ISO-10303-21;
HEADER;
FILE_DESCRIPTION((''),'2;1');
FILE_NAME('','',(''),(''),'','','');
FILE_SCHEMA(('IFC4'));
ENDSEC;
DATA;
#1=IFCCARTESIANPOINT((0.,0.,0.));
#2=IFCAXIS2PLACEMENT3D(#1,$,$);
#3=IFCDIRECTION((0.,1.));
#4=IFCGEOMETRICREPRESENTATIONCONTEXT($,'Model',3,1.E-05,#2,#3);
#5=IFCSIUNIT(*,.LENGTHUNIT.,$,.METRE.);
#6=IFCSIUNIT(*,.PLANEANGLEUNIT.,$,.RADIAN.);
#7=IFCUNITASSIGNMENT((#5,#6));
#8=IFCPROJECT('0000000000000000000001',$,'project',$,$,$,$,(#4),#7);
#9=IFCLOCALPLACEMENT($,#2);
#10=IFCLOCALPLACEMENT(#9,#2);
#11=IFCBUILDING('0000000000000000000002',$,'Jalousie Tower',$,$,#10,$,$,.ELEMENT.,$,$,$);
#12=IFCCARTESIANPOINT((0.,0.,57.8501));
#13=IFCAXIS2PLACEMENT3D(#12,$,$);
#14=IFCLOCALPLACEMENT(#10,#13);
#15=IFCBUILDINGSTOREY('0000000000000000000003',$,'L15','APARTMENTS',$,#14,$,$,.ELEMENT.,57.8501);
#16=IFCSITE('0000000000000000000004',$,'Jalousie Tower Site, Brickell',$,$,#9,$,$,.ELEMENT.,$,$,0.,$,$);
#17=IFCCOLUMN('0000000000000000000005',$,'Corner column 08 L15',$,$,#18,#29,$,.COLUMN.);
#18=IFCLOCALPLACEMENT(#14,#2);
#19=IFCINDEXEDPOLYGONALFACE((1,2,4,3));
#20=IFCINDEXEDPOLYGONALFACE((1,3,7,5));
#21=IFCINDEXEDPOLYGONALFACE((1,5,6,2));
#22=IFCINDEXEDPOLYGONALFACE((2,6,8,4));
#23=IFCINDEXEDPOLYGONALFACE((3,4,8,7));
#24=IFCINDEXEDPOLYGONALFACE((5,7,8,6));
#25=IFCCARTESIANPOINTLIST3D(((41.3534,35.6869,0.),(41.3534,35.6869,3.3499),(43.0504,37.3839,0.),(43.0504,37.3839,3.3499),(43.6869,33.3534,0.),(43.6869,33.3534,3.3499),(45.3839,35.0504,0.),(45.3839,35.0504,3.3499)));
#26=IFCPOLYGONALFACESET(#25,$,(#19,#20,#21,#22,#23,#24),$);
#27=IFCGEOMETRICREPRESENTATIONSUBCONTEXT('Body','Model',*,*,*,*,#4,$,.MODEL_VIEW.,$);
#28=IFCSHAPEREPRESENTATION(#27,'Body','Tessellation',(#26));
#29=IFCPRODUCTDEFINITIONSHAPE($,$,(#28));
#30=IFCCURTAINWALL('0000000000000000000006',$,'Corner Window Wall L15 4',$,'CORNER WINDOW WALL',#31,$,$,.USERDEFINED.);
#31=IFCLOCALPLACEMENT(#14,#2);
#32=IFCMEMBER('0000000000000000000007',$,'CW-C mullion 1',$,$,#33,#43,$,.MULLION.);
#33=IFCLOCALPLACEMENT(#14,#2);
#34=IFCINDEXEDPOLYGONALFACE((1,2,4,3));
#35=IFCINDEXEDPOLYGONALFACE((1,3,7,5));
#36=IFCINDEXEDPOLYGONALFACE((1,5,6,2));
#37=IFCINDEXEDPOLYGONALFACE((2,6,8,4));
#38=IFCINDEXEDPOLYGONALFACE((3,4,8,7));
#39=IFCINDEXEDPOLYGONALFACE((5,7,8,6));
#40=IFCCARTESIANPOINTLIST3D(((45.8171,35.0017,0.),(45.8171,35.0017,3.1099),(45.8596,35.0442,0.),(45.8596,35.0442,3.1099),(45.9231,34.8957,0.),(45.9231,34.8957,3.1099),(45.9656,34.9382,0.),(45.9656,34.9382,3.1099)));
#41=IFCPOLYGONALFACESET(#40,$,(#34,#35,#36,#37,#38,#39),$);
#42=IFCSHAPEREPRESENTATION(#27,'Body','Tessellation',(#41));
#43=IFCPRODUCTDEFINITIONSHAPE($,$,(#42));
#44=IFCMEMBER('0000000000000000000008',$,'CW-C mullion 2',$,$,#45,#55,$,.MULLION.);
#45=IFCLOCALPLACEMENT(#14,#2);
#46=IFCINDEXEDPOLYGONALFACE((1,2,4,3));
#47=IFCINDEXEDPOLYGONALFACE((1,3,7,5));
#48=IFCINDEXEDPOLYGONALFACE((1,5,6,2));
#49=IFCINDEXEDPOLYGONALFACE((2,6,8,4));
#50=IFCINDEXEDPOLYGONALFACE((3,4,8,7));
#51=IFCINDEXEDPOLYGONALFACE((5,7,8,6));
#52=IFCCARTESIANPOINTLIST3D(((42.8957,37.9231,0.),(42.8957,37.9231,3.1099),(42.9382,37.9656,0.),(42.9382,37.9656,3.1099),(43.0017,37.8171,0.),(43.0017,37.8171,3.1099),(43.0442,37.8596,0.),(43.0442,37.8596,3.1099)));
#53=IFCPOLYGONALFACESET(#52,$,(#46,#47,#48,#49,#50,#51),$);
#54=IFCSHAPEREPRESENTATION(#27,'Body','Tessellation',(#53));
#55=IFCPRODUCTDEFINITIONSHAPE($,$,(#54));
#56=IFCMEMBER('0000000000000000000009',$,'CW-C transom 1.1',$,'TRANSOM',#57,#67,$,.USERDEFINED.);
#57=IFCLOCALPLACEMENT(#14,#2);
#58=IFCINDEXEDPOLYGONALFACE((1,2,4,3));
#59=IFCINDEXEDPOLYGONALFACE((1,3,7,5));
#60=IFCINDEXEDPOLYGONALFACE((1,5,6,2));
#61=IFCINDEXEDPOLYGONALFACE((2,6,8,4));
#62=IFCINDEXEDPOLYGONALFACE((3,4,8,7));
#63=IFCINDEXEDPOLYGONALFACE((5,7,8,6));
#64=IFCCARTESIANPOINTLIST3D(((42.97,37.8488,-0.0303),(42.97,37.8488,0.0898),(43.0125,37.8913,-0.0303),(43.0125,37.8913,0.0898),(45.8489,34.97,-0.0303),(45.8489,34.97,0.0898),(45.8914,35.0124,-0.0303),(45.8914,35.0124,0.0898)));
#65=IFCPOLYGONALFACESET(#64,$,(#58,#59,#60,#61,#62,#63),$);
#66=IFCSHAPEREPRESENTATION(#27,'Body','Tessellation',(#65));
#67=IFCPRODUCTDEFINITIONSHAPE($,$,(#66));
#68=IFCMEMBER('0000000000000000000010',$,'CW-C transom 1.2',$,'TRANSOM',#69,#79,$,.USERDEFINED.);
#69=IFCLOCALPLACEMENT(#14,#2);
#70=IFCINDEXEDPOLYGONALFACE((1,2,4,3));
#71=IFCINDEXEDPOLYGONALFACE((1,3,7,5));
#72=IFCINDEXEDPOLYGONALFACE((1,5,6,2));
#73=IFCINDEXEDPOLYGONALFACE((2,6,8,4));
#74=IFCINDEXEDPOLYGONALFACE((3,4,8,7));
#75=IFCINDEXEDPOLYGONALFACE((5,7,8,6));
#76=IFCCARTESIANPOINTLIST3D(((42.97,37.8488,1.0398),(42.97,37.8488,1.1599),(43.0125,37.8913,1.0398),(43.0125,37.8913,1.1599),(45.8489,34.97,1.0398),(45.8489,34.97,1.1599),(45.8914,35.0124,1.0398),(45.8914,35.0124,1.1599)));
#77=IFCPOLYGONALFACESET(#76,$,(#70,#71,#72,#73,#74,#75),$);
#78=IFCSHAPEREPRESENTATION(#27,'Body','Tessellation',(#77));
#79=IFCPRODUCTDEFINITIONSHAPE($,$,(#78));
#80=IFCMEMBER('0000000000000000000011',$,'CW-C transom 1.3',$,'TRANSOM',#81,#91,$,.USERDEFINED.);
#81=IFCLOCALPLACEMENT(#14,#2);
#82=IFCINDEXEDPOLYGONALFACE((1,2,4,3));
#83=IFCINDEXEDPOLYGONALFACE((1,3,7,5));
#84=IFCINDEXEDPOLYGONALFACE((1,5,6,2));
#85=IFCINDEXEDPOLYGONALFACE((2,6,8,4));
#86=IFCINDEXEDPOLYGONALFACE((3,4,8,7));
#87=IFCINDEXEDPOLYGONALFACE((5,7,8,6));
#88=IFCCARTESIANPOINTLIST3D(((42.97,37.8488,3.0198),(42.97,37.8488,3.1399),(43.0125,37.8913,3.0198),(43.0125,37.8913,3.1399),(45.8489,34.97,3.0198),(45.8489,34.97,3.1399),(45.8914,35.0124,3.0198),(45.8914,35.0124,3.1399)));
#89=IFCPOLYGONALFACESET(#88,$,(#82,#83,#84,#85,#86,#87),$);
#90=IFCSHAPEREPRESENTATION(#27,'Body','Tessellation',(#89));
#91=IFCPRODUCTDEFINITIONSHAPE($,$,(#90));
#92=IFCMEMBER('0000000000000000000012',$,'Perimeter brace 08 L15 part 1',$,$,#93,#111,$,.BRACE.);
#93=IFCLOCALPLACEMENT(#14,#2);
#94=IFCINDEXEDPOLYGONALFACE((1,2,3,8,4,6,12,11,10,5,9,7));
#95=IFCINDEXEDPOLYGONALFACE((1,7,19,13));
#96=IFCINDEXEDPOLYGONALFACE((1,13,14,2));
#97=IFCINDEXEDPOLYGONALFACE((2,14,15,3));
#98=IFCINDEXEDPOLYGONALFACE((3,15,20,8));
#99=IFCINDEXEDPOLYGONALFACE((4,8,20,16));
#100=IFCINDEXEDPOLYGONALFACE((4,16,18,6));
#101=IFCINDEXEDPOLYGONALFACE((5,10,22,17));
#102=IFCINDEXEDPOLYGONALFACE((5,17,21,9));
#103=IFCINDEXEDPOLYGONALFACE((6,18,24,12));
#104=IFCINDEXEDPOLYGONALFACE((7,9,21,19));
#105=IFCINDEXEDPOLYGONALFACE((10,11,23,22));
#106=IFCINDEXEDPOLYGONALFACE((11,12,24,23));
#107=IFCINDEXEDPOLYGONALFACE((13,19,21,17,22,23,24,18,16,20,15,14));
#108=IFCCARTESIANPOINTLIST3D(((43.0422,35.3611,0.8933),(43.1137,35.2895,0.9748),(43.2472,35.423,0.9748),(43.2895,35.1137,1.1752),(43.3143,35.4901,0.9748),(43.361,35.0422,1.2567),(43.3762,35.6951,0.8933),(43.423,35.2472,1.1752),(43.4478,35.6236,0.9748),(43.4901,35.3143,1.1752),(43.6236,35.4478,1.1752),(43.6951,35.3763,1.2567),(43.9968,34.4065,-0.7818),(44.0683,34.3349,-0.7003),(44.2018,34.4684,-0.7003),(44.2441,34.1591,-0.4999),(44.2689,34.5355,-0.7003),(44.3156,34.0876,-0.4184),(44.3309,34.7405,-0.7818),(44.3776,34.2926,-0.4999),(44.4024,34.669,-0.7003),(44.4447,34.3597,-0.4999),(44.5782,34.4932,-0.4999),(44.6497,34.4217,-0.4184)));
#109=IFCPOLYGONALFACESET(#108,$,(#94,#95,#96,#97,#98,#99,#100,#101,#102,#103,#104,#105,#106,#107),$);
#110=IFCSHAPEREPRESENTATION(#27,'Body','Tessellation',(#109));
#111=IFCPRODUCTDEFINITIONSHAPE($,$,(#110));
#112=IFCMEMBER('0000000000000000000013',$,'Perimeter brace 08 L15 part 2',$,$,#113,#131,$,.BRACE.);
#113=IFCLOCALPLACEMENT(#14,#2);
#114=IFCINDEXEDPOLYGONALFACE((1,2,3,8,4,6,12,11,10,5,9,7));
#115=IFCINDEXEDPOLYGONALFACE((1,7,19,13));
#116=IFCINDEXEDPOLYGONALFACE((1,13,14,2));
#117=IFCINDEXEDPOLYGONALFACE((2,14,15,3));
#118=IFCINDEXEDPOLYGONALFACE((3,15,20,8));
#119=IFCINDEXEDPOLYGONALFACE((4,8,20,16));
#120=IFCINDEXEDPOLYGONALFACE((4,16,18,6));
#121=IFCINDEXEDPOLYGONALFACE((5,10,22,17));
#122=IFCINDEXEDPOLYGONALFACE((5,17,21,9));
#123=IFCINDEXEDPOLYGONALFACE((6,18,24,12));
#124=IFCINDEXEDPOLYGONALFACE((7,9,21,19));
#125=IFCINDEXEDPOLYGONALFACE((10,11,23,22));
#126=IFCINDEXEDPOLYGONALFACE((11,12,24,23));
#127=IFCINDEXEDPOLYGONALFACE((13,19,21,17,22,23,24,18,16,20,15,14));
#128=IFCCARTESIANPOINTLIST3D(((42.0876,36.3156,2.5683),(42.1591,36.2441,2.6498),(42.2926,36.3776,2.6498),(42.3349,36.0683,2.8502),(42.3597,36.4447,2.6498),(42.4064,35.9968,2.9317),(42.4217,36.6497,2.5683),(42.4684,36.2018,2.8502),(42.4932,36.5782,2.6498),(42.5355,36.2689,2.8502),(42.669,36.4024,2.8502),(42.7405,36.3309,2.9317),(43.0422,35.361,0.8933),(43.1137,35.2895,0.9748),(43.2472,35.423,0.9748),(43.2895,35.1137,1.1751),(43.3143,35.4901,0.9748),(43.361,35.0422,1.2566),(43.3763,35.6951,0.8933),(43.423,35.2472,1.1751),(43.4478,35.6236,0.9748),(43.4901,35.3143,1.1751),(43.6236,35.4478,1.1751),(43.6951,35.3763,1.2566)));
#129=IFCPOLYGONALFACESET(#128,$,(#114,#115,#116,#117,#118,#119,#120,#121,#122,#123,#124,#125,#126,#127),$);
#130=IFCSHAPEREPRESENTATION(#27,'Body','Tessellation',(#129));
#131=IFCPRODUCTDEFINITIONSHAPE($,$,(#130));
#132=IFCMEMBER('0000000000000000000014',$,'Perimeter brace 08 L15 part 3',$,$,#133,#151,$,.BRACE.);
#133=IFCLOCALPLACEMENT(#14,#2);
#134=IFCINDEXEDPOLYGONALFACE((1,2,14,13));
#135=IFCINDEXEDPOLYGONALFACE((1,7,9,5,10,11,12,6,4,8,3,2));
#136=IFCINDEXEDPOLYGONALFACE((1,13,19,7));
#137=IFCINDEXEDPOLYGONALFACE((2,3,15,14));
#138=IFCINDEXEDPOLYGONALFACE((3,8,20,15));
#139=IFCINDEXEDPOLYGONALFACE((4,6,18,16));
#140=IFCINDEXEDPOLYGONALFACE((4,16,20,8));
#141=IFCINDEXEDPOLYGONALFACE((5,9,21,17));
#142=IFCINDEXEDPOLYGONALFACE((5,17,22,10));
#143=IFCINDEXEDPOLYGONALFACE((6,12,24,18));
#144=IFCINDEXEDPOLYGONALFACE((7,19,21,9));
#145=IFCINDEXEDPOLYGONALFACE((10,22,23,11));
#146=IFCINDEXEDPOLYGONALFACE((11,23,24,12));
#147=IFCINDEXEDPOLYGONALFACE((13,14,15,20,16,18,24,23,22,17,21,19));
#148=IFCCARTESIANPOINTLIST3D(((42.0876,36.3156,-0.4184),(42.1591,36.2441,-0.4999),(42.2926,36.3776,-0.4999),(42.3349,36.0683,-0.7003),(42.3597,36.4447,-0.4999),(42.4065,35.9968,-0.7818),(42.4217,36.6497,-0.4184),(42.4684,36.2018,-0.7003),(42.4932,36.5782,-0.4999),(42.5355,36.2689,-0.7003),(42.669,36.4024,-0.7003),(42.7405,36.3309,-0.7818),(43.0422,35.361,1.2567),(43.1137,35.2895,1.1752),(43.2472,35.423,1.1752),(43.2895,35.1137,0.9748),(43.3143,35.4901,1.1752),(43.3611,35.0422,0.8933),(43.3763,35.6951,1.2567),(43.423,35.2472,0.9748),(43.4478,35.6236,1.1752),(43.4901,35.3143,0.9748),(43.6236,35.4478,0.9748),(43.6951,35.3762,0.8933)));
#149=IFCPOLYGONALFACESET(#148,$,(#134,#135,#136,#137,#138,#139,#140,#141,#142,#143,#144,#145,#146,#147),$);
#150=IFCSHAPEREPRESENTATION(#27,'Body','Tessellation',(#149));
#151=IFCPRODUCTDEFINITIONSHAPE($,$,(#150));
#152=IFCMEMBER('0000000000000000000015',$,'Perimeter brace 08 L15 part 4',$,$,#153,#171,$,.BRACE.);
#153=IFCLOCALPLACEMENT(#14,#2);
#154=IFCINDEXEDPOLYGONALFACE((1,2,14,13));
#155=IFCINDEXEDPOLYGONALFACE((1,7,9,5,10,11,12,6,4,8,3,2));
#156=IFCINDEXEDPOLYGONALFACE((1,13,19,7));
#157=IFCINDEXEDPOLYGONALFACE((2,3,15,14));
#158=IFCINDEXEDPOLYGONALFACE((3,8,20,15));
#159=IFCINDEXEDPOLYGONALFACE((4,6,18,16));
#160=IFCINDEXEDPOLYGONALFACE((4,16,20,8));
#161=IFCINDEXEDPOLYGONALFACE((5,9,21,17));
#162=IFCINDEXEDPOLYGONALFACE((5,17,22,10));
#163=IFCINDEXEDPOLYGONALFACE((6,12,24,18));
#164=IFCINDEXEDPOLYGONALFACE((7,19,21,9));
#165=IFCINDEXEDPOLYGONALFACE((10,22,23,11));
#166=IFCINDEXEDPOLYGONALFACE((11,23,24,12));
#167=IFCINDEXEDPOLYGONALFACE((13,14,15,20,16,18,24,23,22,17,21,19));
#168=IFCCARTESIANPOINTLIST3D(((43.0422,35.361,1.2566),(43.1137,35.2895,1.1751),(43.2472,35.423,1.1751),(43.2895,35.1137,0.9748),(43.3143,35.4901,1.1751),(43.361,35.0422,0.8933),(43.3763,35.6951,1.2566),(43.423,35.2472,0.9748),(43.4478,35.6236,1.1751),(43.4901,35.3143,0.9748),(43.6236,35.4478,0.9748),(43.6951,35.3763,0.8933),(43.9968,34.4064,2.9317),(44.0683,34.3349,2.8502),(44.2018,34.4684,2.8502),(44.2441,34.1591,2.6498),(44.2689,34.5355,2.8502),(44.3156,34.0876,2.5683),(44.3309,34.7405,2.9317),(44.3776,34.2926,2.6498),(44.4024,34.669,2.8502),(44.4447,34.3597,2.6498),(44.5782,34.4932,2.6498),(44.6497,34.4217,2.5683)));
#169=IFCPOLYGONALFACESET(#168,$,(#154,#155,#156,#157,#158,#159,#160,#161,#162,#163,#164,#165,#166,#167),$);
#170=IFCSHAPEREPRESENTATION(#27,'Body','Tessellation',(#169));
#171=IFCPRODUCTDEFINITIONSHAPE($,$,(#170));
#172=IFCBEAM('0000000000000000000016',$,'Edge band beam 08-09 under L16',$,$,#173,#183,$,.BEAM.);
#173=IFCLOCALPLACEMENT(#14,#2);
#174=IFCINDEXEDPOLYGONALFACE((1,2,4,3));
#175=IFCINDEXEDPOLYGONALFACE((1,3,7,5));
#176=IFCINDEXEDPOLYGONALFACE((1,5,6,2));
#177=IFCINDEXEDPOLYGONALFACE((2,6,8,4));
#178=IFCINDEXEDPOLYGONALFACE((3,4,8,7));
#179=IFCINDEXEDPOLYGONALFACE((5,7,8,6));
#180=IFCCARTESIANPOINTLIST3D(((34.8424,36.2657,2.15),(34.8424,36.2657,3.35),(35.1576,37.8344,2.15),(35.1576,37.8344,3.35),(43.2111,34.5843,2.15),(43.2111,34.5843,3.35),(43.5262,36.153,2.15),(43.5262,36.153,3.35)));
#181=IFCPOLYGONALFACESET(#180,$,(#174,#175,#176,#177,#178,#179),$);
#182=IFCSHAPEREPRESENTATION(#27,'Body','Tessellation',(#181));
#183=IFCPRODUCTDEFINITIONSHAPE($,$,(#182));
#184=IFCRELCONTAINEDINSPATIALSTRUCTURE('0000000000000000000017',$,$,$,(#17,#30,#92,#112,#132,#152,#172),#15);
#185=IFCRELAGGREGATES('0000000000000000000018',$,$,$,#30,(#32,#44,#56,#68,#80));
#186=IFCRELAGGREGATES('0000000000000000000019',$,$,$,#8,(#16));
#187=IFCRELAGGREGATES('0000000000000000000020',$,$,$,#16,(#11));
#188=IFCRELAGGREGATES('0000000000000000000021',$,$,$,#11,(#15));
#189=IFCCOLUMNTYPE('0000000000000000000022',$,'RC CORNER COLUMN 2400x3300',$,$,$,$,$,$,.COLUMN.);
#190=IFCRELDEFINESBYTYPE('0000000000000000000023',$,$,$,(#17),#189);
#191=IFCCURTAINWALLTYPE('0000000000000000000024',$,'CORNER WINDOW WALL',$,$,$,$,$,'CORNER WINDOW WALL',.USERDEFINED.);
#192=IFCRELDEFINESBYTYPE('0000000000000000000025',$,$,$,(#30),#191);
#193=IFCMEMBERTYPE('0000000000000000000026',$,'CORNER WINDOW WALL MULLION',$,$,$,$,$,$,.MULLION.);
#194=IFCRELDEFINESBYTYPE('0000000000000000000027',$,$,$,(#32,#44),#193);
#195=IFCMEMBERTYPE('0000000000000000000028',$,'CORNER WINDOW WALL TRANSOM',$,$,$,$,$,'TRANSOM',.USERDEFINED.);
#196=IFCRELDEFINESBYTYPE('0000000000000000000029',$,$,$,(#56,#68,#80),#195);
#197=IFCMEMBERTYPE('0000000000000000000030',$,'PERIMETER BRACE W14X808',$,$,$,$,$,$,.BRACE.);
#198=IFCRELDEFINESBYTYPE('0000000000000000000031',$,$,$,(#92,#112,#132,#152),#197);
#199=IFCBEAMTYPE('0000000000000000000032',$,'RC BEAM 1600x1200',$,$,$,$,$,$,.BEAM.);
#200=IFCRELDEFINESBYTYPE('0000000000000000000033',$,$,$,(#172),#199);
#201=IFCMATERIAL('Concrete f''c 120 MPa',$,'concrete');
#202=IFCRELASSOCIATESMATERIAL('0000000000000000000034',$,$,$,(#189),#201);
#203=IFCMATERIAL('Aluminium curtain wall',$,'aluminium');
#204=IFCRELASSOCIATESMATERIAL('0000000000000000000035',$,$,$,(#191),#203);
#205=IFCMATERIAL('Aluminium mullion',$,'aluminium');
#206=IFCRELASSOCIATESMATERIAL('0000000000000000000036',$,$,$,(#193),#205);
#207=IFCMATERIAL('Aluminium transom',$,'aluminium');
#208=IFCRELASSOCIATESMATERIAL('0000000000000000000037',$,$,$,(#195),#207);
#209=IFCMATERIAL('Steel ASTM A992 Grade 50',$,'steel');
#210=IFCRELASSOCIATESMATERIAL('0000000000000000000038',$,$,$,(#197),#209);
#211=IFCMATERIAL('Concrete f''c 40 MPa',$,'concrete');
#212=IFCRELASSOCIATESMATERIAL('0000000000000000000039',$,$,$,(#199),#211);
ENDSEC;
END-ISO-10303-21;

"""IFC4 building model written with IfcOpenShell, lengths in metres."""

from ifc_helpers import new_model, si_unit, direction, frame, origin, origin_2d, place, context, subcontext, project, spatial, rectangle, i_section, extrude, material, material_profile, profile_set, type_object, element, aggregate, save


model = new_model("IFC4")

# Units and contexts
model_context = context("Model", 3, precision=1e-05, world=origin(), true_north=direction((0.0, 1.0)))
body_context = subcontext(model_context, "Body", "Model", "MODEL_VIEW")
ifc_project = project(units=[si_unit("LENGTHUNIT", "METRE"), si_unit("PLANEANGLEUNIT", "RADIAN")], contexts=[model_context])

# Site, building, storey
site_placement = place(None, origin())
site = spatial("IfcSite", under=ifc_project, at=site_placement, Name="Jalousie Tower Site, Brickell", CompositionType="ELEMENT", RefElevation=0.0)
building_placement = place(site_placement, origin())
building = spatial("IfcBuilding", under=site, at=building_placement, Name="Jalousie Tower", CompositionType="ELEMENT")
storey_placement = place(building_placement, frame((0.0, 0.0, 57.8501)))
storey = spatial("IfcBuildingStorey", under=building, at=storey_placement, Name="L15", Description="APARTMENTS", CompositionType="ELEMENT", Elevation=57.8501)

# Column
ifc_material_1 = material(Name="Concrete f'c 120 MPa", Category="concrete")
ifc_material_profile_1 = material_profile(ifc_material_1, rectangle(XDim=2.3999, YDim=3.3, at=origin_2d()), Name="RC 2400x3300")
ifc_profile_set_1 = profile_set([ifc_material_profile_1], Name="Concrete f'c 120 MPa")
column_type = type_object("IfcColumnType", Name="RC CORNER COLUMN 2400x3300", PredefinedType="COLUMN", material=ifc_profile_set_1)
column_placement = place(storey_placement, frame((43.3687, 35.3687, 0.0), z_axis=(0.0, 0.0, 1.0), x_axis=(-0.707107, -0.707107, 0.0)))
element("IfcColumn", 1, at=column_placement, inside=storey, type_object=column_type, Name="Corner column 08 L15", PredefinedType="COLUMN", context=body_context, shape_type="SweptSolid", body=[
    extrude(rectangle(XDim=2.3999, YDim=3.3, at=origin_2d()), origin(), (0.0, 0.0, 1.0), 3.3499),
])

# Curtain wall, members
ifc_material_2 = material(Name="Aluminium curtain wall", Category="aluminium")
curtain_wall_type_1 = type_object("IfcCurtainWallType", Name="CORNER WINDOW WALL", ElementType="CORNER WINDOW WALL", PredefinedType="USERDEFINED", material=ifc_material_2)
curtain_wall_1_placement = place(storey_placement, origin())
curtain_wall_1 = element("IfcCurtainWall", 2, at=curtain_wall_1_placement, inside=storey, type_object=curtain_wall_type_1, Name="Corner Window Wall L15 4", ObjectType="CORNER WINDOW WALL", PredefinedType="USERDEFINED")
ifc_material_3 = material(Name="Aluminium mullion", Category="aluminium")
ifc_material_profile_2 = material_profile(ifc_material_3, rectangle(XDim=0.0601, YDim=0.1499, at=origin_2d()), Name="MULLION 60x150")
ifc_profile_set_2 = profile_set([ifc_material_profile_2], Name="Aluminium mullion")
member_type_1 = type_object("IfcMemberType", Name="CORNER WINDOW WALL MULLION", PredefinedType="MULLION", material=ifc_profile_set_2)
member_1_placement = place(storey_placement, frame((45.8914, 34.97, 0.0), z_axis=(0.0, 0.0, 1.0), x_axis=(-0.707107, -0.707107, 0.0)))
member_1 = element("IfcMember", 3, at=member_1_placement, type_object=member_type_1, Name="CW-C mullion 1", PredefinedType="MULLION", context=body_context, shape_type="SweptSolid", body=[
    extrude(rectangle(XDim=0.0601, YDim=0.1499, at=origin_2d()), origin(), (0.0, 0.0, 1.0), 3.1099),
])
member_2_placement = place(storey_placement, frame((42.97, 37.8914, 0.0), z_axis=(0.0, 0.0, 1.0), x_axis=(-0.707107, -0.707107, 0.0)))
member_2 = element("IfcMember", 4, at=member_2_placement, type_object=member_type_1, Name="CW-C mullion 2", PredefinedType="MULLION", context=body_context, shape_type="SweptSolid", body=[
    extrude(rectangle(XDim=0.0601, YDim=0.1499, at=origin_2d()), origin(), (0.0, 0.0, 1.0), 3.1099),
])
ifc_material_4 = material(Name="Aluminium transom", Category="aluminium")
ifc_material_profile_3 = material_profile(ifc_material_4, rectangle(XDim=0.0601, YDim=0.1201, at=origin_2d()), Name="TRANSOM 60x120")
ifc_profile_set_3 = profile_set([ifc_material_profile_3], Name="Aluminium transom")
member_type_2 = type_object("IfcMemberType", Name="CORNER WINDOW WALL TRANSOM", ElementType="TRANSOM", PredefinedType="USERDEFINED", material=ifc_profile_set_3)
member_3_placement = place(storey_placement, frame((45.8701, 34.9912, 0.0298), z_axis=(-0.707107, 0.707107, 0.0), x_axis=(-0.707107, -0.707107, 0.0)))
member_3 = element("IfcMember", 5, at=member_3_placement, type_object=member_type_2, Name="CW-C transom 1.1", ObjectType="TRANSOM", PredefinedType="USERDEFINED", context=body_context, shape_type="SweptSolid", body=[
    extrude(rectangle(XDim=0.0601, YDim=0.1201, at=origin_2d()), origin(), (0.0, 0.0, 1.0), 4.0713),
])
member_4_placement = place(storey_placement, frame((45.8701, 34.9912, 1.0999), z_axis=(-0.707107, 0.707107, 0.0), x_axis=(-0.707107, -0.707107, 0.0)))
member_4 = element("IfcMember", 6, at=member_4_placement, type_object=member_type_2, Name="CW-C transom 1.2", ObjectType="TRANSOM", PredefinedType="USERDEFINED", context=body_context, shape_type="SweptSolid", body=[
    extrude(rectangle(XDim=0.0601, YDim=0.1201, at=origin_2d()), origin(), (0.0, 0.0, 1.0), 4.0713),
])
member_5_placement = place(storey_placement, frame((45.8701, 34.9912, 3.0798), z_axis=(-0.707107, 0.707107, 0.0), x_axis=(-0.707107, -0.707107, 0.0)))
member_5 = element("IfcMember", 7, at=member_5_placement, type_object=member_type_2, Name="CW-C transom 1.3", ObjectType="TRANSOM", PredefinedType="USERDEFINED", context=body_context, shape_type="SweptSolid", body=[
    extrude(rectangle(XDim=0.0601, YDim=0.1201, at=origin_2d()), origin(), (0.0, 0.0, 1.0), 4.0713),
])

# Members
ifc_material_5 = material(Name="Steel ASTM A992 Grade 50", Category="steel")
ifc_material_profile_4 = material_profile(ifc_material_5, i_section(OverallWidth=0.4724, OverallDepth=0.5791, WebThickness=0.095, FlangeThickness=0.1299, at=origin_2d()), Name="W14X808")
ifc_profile_set_4 = profile_set([ifc_material_profile_4], Name="Steel ASTM A992 Grade 50")
member_type_3 = type_object("IfcMemberType", Name="PERIMETER BRACE W14X808", PredefinedType="BRACE", material=ifc_profile_set_4)
for number, where, z_axis, x_axis, name in (
    (8, (44.3232, 34.4141, -0.6001), (-0.443718, 0.443718, 0.778607), (-0.707107, -0.707107, 0.0), "Perimeter brace 08 L15 part 1"),
    (9, (43.3687, 35.3687, 1.075), (-0.443718, 0.443718, 0.778607), (-0.707107, -0.707107, 0.0), "Perimeter brace 08 L15 part 2"),
    (10, (42.4141, 36.3232, -0.6001), (0.443718, -0.443718, 0.778607), (0.707107, 0.707107, 0.0), "Perimeter brace 08 L15 part 3"),
    (11, (43.3687, 35.3687, 1.075), (0.443718, -0.443718, 0.778607), (0.707107, 0.707107, 0.0), "Perimeter brace 08 L15 part 4"),
):
    element("IfcMember", number, at=place(storey_placement, frame(where, z_axis=z_axis, x_axis=x_axis)), inside=storey, type_object=member_type_3, Name=name, PredefinedType="BRACE", context=body_context, shape_type="SweptSolid", body=[
        extrude(i_section(OverallWidth=0.4724, OverallDepth=0.5791, WebThickness=0.095, FlangeThickness=0.1299, at=origin_2d()), origin(), (0.0, 0.0, 1.0), 2.1514),
    ])

# Beam
ifc_material_6 = material(Name="Concrete f'c 40 MPa", Category="concrete")
ifc_material_profile_5 = material_profile(ifc_material_6, rectangle(XDim=1.6001, YDim=1.2, at=origin_2d()), Name="RC 1600x1200")
ifc_profile_set_5 = profile_set([ifc_material_profile_5], Name="Concrete f'c 40 MPa")
beam_type_1 = type_object("IfcBeamType", Name="RC BEAM 1600x1200", PredefinedType="BEAM", material=ifc_profile_set_5)
beam_1_placement = place(storey_placement, frame((43.3687, 35.3687, 2.75), z_axis=(-0.980408, 0.19698, 0.0), x_axis=(-0.19698, -0.980408, 0.0)))
element("IfcBeam", 12, at=beam_1_placement, inside=storey, type_object=beam_type_1, Name="Edge band beam 08-09 under L16", PredefinedType="BEAM", context=body_context, shape_type="SweptSolid", body=[
    extrude(rectangle(XDim=1.6001, YDim=1.2, at=origin_2d()), origin(), (0.0, 0.0, 1.0), 8.5359),
])

aggregate(curtain_wall_1, [member_1, member_2, member_3, member_4, member_5])

save(model, "model.ifc")
